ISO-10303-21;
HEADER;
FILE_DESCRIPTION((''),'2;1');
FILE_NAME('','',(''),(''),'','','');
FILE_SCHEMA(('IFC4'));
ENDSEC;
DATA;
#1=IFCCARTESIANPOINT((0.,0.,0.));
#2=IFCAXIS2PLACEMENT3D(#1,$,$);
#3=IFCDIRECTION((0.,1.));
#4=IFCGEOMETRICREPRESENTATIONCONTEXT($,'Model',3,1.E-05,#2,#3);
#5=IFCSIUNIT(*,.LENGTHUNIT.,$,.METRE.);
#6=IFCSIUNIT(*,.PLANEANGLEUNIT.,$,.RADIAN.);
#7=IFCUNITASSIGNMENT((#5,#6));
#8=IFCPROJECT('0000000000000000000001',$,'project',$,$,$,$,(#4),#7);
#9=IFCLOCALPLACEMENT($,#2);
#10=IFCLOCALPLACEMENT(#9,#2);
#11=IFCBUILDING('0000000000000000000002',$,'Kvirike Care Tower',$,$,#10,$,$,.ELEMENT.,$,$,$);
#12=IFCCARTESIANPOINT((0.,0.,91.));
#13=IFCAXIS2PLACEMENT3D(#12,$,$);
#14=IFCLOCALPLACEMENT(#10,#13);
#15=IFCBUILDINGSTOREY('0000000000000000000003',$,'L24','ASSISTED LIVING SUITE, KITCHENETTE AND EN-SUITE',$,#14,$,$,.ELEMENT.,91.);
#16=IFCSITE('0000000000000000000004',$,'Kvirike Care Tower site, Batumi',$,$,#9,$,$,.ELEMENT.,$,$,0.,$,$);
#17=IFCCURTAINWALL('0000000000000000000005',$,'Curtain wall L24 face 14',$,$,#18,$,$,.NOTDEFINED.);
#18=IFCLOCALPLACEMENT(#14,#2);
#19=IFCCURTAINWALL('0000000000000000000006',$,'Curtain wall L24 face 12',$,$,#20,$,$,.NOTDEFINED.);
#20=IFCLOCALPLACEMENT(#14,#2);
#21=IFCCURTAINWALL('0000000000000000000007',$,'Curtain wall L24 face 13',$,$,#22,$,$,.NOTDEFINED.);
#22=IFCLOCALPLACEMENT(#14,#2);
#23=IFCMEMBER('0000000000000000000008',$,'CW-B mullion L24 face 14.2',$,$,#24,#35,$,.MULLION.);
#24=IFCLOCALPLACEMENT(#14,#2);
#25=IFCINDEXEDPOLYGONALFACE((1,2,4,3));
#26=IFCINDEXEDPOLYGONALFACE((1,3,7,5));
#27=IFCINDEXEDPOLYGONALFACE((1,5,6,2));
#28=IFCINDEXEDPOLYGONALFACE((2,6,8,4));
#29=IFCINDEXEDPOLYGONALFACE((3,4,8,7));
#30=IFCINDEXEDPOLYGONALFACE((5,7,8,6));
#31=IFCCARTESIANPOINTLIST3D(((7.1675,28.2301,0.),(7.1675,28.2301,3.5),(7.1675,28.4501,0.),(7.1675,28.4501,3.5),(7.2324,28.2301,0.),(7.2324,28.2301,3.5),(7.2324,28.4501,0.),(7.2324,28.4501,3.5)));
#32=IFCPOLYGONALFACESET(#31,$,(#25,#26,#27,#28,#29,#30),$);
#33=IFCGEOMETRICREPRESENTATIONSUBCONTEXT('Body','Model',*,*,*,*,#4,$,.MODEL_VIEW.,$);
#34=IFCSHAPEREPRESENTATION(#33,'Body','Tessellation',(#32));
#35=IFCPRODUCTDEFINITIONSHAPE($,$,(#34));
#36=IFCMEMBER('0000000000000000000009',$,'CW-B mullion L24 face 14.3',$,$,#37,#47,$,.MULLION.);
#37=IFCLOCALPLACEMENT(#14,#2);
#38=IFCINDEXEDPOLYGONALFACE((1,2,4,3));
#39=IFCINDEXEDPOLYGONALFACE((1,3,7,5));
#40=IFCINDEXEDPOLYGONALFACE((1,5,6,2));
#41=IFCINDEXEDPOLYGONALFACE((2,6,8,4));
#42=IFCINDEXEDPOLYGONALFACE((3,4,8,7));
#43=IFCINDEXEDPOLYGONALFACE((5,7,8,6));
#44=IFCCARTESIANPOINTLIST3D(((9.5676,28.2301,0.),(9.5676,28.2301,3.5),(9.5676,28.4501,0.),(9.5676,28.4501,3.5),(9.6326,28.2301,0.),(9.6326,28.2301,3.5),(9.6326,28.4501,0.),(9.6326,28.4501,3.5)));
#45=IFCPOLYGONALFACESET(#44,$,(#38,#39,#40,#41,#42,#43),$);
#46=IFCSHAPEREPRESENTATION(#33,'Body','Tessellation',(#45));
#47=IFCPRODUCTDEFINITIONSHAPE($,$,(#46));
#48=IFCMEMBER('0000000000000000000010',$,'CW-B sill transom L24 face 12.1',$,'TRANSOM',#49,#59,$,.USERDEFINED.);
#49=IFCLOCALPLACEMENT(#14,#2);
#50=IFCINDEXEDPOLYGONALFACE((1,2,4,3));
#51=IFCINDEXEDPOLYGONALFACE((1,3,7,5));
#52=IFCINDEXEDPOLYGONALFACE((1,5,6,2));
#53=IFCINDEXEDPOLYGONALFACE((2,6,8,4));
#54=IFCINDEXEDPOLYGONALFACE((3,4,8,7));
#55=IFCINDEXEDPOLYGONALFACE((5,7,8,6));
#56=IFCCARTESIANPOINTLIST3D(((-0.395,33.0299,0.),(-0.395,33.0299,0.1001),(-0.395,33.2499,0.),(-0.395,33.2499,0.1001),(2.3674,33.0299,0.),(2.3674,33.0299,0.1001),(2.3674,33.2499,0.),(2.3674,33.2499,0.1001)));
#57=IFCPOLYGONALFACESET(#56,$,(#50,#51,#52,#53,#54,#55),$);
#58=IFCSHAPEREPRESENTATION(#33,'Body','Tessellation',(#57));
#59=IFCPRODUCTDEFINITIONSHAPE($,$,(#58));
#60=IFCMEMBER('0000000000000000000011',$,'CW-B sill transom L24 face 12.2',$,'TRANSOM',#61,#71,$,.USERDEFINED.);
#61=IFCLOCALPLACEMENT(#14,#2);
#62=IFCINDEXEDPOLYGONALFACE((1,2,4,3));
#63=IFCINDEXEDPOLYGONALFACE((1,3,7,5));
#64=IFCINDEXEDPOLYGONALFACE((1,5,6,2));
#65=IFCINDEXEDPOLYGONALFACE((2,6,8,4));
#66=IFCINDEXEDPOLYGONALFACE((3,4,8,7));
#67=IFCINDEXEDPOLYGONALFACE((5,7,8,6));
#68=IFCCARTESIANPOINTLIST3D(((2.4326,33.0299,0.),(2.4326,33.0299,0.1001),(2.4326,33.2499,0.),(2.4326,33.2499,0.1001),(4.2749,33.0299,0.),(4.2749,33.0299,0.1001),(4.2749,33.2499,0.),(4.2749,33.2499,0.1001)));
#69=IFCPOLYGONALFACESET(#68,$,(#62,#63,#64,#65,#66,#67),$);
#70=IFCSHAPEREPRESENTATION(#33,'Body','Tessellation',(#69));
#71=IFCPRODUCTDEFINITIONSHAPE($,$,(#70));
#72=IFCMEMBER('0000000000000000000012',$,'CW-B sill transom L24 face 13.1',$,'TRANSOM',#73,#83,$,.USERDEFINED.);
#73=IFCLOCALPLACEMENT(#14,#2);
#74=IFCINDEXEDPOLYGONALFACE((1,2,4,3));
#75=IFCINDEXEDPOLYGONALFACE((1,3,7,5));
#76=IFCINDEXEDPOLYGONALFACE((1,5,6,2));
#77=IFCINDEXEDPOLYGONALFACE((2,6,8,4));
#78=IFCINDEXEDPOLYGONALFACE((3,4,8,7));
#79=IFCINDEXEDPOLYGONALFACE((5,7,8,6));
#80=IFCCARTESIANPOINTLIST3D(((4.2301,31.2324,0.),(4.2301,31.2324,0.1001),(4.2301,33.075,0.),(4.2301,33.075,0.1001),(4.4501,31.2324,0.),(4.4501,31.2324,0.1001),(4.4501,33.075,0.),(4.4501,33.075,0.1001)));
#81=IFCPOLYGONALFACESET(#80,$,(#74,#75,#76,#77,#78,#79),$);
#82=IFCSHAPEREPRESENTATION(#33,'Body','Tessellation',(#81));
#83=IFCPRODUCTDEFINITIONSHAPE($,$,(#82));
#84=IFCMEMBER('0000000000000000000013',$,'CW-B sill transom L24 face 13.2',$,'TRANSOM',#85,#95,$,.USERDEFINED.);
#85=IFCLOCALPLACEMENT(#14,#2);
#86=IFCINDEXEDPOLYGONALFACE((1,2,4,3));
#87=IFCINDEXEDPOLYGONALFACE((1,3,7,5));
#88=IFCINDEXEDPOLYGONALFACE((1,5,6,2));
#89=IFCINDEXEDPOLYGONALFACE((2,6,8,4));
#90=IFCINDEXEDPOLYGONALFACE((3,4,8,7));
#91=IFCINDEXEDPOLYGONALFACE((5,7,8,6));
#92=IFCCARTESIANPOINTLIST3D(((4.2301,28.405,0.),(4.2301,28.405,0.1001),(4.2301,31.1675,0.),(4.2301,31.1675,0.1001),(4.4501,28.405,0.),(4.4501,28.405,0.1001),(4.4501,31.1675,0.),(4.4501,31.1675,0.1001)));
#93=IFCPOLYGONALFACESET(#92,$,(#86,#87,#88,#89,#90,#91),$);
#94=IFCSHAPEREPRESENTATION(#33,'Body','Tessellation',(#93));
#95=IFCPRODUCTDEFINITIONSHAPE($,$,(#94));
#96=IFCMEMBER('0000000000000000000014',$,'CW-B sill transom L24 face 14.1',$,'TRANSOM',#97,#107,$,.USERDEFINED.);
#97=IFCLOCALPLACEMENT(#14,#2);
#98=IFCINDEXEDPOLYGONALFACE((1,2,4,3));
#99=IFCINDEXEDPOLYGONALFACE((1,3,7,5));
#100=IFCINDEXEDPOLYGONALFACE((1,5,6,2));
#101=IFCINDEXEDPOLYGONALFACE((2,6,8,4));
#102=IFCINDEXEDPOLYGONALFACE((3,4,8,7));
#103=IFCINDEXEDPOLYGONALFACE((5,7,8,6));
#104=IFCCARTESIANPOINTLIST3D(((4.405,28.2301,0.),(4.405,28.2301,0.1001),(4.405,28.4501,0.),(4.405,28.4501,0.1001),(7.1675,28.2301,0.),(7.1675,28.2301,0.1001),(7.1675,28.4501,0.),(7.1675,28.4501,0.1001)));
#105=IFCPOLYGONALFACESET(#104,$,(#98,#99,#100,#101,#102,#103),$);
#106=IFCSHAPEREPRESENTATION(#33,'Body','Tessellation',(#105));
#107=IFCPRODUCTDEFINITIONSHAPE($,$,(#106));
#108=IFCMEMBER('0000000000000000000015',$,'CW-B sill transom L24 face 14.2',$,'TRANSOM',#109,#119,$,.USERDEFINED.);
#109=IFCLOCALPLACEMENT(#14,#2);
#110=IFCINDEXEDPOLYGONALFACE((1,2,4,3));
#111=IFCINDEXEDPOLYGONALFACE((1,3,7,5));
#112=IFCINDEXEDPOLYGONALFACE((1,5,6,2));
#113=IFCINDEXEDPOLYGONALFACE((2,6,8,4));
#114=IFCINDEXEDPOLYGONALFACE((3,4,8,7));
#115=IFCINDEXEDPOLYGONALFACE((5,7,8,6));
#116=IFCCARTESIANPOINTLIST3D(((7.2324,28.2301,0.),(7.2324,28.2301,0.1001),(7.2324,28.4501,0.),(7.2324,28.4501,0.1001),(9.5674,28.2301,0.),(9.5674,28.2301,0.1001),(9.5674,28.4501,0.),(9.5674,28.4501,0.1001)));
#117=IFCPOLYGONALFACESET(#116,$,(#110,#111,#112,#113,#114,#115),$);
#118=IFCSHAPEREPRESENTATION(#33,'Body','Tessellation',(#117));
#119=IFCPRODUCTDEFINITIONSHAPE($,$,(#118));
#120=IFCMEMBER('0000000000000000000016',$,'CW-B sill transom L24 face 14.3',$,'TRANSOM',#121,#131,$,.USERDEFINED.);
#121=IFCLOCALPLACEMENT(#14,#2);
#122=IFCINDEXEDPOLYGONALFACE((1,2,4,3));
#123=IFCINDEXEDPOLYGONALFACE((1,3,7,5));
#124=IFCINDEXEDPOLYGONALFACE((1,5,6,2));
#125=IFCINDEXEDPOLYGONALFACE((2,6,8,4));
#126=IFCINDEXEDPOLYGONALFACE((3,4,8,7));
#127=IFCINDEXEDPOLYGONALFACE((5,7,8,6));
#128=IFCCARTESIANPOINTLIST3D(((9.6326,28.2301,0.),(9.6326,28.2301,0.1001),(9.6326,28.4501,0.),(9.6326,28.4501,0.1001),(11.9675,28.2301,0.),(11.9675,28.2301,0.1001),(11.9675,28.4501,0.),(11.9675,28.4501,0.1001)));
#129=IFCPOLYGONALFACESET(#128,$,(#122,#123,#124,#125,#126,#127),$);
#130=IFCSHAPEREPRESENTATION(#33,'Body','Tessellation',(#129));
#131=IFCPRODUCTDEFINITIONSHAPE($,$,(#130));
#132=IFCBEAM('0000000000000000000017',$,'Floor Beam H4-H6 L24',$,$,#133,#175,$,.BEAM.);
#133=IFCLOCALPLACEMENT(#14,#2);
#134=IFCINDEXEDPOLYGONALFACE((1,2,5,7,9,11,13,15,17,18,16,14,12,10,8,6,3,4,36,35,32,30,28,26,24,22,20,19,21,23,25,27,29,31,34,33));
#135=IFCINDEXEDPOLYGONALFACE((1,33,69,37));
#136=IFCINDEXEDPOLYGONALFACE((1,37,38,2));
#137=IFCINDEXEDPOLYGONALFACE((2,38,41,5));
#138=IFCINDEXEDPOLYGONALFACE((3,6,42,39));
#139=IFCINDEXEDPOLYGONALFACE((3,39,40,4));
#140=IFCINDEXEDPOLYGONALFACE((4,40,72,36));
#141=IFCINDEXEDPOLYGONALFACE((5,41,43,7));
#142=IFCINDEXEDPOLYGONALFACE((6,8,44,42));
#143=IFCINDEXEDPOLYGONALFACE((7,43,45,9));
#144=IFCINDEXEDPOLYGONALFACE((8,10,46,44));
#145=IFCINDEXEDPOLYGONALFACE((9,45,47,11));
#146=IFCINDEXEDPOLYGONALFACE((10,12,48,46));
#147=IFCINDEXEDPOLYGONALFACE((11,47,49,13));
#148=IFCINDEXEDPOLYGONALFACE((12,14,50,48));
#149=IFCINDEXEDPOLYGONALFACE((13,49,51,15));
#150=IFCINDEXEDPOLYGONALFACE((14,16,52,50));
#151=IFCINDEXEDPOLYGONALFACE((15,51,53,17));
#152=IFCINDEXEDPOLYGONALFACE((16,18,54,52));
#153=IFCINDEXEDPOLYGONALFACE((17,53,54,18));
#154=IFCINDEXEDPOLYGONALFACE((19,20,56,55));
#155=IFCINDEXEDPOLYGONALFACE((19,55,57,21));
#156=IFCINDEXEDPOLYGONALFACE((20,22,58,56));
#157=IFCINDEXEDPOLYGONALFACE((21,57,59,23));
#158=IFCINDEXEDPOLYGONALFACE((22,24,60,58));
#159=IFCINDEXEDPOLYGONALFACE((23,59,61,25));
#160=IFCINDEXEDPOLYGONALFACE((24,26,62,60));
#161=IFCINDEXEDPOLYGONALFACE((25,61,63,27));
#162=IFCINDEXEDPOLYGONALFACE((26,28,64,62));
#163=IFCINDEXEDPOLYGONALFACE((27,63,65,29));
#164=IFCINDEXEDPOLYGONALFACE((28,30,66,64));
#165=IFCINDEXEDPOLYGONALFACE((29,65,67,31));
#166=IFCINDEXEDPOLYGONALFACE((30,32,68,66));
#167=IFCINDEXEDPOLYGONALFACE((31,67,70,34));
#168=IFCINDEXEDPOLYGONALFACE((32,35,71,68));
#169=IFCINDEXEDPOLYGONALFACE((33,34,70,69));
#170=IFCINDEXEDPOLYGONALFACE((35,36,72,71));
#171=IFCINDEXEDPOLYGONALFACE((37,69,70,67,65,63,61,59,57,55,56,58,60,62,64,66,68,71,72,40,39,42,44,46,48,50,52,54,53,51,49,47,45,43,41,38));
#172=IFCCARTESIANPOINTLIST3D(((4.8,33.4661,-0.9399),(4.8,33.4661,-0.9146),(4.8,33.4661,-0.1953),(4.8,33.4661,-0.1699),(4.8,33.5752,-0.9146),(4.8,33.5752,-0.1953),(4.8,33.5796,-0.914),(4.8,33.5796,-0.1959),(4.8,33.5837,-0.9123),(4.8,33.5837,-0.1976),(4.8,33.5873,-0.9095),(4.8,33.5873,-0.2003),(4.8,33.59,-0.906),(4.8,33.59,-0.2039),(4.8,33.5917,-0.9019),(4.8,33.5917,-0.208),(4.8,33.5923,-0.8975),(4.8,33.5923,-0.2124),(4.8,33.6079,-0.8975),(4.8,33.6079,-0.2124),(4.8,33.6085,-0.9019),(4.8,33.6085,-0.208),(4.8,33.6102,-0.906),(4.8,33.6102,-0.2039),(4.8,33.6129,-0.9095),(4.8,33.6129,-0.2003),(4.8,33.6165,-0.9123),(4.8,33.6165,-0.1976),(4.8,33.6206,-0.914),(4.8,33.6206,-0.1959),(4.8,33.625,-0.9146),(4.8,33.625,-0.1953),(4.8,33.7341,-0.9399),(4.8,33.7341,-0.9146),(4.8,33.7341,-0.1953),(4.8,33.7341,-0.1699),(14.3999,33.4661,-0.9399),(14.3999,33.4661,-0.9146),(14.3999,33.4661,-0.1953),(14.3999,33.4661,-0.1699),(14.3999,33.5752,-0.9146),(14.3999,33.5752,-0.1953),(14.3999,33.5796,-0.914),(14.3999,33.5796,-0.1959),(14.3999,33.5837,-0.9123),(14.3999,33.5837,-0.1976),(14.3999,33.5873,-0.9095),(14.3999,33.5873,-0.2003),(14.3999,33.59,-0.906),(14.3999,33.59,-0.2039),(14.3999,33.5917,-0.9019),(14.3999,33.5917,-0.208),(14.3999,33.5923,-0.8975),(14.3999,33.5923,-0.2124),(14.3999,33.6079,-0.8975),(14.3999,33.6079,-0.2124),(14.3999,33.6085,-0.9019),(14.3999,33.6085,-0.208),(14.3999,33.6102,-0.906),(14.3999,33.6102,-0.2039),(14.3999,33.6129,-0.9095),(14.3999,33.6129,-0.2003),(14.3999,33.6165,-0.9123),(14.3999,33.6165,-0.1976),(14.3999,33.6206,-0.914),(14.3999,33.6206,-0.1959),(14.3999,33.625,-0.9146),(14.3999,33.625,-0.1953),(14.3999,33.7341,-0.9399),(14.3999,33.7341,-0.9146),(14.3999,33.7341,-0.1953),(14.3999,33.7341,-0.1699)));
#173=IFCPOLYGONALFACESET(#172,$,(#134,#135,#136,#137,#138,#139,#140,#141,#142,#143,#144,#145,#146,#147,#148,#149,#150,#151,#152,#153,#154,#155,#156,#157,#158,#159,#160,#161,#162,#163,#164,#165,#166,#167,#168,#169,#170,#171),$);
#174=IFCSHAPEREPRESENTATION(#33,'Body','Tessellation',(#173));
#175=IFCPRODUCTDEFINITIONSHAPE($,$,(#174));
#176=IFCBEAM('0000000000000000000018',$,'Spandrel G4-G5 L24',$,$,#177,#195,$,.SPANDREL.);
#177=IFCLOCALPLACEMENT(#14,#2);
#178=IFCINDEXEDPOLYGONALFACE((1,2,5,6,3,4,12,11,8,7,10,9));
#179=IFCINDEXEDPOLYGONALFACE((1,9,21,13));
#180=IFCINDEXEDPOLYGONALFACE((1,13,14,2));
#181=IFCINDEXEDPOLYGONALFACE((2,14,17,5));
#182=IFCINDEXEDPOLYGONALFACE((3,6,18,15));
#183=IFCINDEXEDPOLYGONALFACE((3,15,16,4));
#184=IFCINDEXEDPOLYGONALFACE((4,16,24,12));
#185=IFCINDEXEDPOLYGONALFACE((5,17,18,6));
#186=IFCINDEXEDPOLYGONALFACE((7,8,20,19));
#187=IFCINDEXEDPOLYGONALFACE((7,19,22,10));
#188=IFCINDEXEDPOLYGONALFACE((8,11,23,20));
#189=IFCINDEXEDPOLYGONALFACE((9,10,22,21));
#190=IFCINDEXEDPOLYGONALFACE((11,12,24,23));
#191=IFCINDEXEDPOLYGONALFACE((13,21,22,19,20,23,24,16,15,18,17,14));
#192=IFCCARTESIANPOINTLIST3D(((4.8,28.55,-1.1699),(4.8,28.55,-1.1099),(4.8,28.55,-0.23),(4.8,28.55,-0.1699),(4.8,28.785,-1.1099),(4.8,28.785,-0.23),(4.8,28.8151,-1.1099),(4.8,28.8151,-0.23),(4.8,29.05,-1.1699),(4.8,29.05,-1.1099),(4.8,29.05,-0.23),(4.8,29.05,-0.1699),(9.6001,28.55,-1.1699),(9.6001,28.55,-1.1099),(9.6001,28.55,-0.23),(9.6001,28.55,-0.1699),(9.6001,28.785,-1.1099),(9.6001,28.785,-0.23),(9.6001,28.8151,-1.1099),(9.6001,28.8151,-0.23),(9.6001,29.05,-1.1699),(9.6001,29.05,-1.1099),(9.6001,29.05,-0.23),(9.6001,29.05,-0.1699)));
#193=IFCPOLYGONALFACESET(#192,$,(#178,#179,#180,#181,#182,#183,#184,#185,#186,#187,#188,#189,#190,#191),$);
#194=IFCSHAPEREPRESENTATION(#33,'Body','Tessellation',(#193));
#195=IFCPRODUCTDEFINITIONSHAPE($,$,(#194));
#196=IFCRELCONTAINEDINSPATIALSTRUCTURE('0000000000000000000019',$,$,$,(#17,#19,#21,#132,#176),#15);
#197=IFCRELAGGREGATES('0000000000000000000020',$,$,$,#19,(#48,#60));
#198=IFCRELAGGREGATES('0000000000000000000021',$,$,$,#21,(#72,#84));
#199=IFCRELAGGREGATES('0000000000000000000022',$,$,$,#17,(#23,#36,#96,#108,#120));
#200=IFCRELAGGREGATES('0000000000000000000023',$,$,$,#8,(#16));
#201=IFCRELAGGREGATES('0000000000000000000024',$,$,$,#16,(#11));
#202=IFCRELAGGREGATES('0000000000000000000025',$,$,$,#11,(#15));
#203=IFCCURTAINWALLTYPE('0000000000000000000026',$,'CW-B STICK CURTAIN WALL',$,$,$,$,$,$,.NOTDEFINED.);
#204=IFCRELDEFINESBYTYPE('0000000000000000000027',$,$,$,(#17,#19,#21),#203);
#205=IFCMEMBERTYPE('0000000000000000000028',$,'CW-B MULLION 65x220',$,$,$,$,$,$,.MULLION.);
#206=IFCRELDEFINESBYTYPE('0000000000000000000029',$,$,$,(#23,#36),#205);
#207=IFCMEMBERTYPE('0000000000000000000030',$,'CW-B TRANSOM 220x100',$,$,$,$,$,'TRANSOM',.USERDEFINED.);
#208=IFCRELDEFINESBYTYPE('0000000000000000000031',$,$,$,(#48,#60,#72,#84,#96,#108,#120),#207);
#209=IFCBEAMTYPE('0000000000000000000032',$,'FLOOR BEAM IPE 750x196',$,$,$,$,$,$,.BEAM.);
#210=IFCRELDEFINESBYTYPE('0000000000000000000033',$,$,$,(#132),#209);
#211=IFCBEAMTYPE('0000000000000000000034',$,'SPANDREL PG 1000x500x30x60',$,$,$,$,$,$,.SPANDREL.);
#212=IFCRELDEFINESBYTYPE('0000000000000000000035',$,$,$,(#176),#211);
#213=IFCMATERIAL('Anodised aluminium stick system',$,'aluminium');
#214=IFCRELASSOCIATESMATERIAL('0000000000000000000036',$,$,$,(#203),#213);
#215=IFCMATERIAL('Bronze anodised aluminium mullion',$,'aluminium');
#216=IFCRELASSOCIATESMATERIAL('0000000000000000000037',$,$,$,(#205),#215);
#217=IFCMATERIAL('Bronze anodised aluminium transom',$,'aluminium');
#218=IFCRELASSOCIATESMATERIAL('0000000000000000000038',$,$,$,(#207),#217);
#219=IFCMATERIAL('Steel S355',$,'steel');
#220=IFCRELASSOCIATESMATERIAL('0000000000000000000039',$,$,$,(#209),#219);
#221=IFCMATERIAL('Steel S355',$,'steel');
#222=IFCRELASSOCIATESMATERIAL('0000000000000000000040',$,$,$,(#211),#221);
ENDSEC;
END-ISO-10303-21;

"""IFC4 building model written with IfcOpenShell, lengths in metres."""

from ifc_helpers import new_model, si_unit, direction, frame, origin, origin_2d, place, context, subcontext, project, spatial, rectangle, i_section, extrude, material, material_profile, profile_set, type_object, element, aggregate, save


model = new_model("IFC4")

# Units and contexts
model_context = context("Model", 3, precision=1e-05, world=origin(), true_north=direction((0.0, 1.0)))
body_context = subcontext(model_context, "Body", "Model", "MODEL_VIEW")
ifc_project = project(units=[si_unit("LENGTHUNIT", "METRE"), si_unit("PLANEANGLEUNIT", "RADIAN")], contexts=[model_context])

# Site, building, storey
site_placement = place(None, origin())
site = spatial("IfcSite", under=ifc_project, at=site_placement, Name="Kvirike Care Tower site, Batumi", CompositionType="ELEMENT", RefElevation=0.0)
building_placement = place(site_placement, origin())
building = spatial("IfcBuilding", under=site, at=building_placement, Name="Kvirike Care Tower", CompositionType="ELEMENT")
storey_placement = place(building_placement, frame((0.0, 0.0, 91.0)))
storey = spatial("IfcBuildingStorey", under=building, at=storey_placement, Name="L24", Description="ASSISTED LIVING SUITE, KITCHENETTE AND EN-SUITE", CompositionType="ELEMENT", Elevation=91.0)

# Curtain wall
ifc_material_1 = material(Name="Anodised aluminium stick system", Category="aluminium")
curtain_wall_type = type_object("IfcCurtainWallType", Name="CW-B STICK CURTAIN WALL", PredefinedType="NOTDEFINED", material=ifc_material_1)
curtain_wall_1_placement = place(storey_placement, origin())
curtain_wall_1 = element("IfcCurtainWall", 1, at=curtain_wall_1_placement, inside=storey, type_object=curtain_wall_type, Name="Curtain wall L24 face 14", PredefinedType="NOTDEFINED")
ifc_material_2 = material(Name="Bronze anodised aluminium mullion", Category="aluminium")
ifc_material_profile_1 = material_profile(ifc_material_2, rectangle(XDim=0.0649, YDim=0.22, at=origin_2d()), Name="CW-B MULLION 65x220")
ifc_profile_set_1 = profile_set([ifc_material_profile_1], Name="Bronze anodised aluminium mullion")
member_type_1 = type_object("IfcMemberType", Name="CW-B MULLION 65x220", PredefinedType="MULLION", material=ifc_profile_set_1)

# Curtain walls
curtain_wall_2_placement = place(storey_placement, origin())
curtain_wall_2 = element("IfcCurtainWall", 2, at=curtain_wall_2_placement, inside=storey, type_object=curtain_wall_type, Name="Curtain wall L24 face 12", PredefinedType="NOTDEFINED")
curtain_wall_3_placement = place(storey_placement, origin())
curtain_wall_3 = element("IfcCurtainWall", 3, at=curtain_wall_3_placement, inside=storey, type_object=curtain_wall_type, Name="Curtain wall L24 face 13", PredefinedType="NOTDEFINED")

# Members
member_1_placement = place(storey_placement, frame((7.2, 28.3401, 0.0), z_axis=(0.0, 0.0, 1.0), x_axis=(1.0, 0.0, 0.0)))
member_1 = element("IfcMember", 4, at=member_1_placement, type_object=member_type_1, Name="CW-B mullion L24 face 14.2", PredefinedType="MULLION", context=body_context, shape_type="SweptSolid", body=[
    extrude(rectangle(XDim=0.0649, YDim=0.22, at=origin_2d()), origin(), (0.0, 0.0, 1.0), 3.5),
])
member_2_placement = place(storey_placement, frame((9.6001, 28.3401, 0.0), z_axis=(0.0, 0.0, 1.0), x_axis=(1.0, 0.0, 0.0)))
member_2 = element("IfcMember", 5, at=member_2_placement, type_object=member_type_1, Name="CW-B mullion L24 face 14.3", PredefinedType="MULLION", context=body_context, shape_type="SweptSolid", body=[
    extrude(rectangle(XDim=0.0649, YDim=0.22, at=origin_2d()), origin(), (0.0, 0.0, 1.0), 3.5),
])
ifc_material_3 = material(Name="Bronze anodised aluminium transom", Category="aluminium")
ifc_material_profile_2 = material_profile(ifc_material_3, rectangle(XDim=0.22, YDim=0.1001, at=origin_2d()), Name="CW-B TRANSOM 220x100")
ifc_profile_set_2 = profile_set([ifc_material_profile_2], Name="Bronze anodised aluminium transom")
member_type_2 = type_object("IfcMemberType", Name="CW-B TRANSOM 220x100", ElementType="TRANSOM", PredefinedType="USERDEFINED", material=ifc_profile_set_2)
member_3_placement = place(storey_placement, frame((-0.395, 33.1399, 0.05), z_axis=(1.0, 0.0, 0.0), x_axis=(0.0, 1.0, 0.0)))
member_3 = element("IfcMember", 6, at=member_3_placement, type_object=member_type_2, Name="CW-B sill transom L24 face 12.1", ObjectType="TRANSOM", PredefinedType="USERDEFINED", context=body_context, shape_type="SweptSolid", body=[
    extrude(rectangle(XDim=0.22, YDim=0.1001, at=origin_2d()), origin(), (0.0, 0.0, 1.0), 2.7625),
])
member_4_placement = place(storey_placement, frame((2.4326, 33.1399, 0.05), z_axis=(1.0, 0.0, 0.0), x_axis=(0.0, 1.0, 0.0)))
member_4 = element("IfcMember", 7, at=member_4_placement, type_object=member_type_2, Name="CW-B sill transom L24 face 12.2", ObjectType="TRANSOM", PredefinedType="USERDEFINED", context=body_context, shape_type="SweptSolid", body=[
    extrude(rectangle(XDim=0.22, YDim=0.1001, at=origin_2d()), origin(), (0.0, 0.0, 1.0), 1.8423),
])
member_5_placement = place(storey_placement, frame((4.3401, 33.075, 0.05), z_axis=(0.0, -1.0, 0.0), x_axis=(1.0, 0.0, 0.0)))
member_5 = element("IfcMember", 8, at=member_5_placement, type_object=member_type_2, Name="CW-B sill transom L24 face 13.1", ObjectType="TRANSOM", PredefinedType="USERDEFINED", context=body_context, shape_type="SweptSolid", body=[
    extrude(rectangle(XDim=0.22, YDim=0.1001, at=origin_2d()), origin(), (0.0, 0.0, 1.0), 1.8425),
])
member_6_placement = place(storey_placement, frame((4.3401, 31.1675, 0.05), z_axis=(0.0, -1.0, 0.0), x_axis=(1.0, 0.0, 0.0)))
member_6 = element("IfcMember", 9, at=member_6_placement, type_object=member_type_2, Name="CW-B sill transom L24 face 13.2", ObjectType="TRANSOM", PredefinedType="USERDEFINED", context=body_context, shape_type="SweptSolid", body=[
    extrude(rectangle(XDim=0.22, YDim=0.1001, at=origin_2d()), origin(), (0.0, 0.0, 1.0), 2.7625),
])
member_7_placement = place(storey_placement, frame((4.405, 28.3401, 0.05), z_axis=(1.0, 0.0, 0.0), x_axis=(0.0, 1.0, 0.0)))
member_7 = element("IfcMember", 10, at=member_7_placement, type_object=member_type_2, Name="CW-B sill transom L24 face 14.1", ObjectType="TRANSOM", PredefinedType="USERDEFINED", context=body_context, shape_type="SweptSolid", body=[
    extrude(rectangle(XDim=0.22, YDim=0.1001, at=origin_2d()), origin(), (0.0, 0.0, 1.0), 2.7625),
])
member_8_placement = place(storey_placement, frame((7.2324, 28.3401, 0.05), z_axis=(1.0, 0.0, 0.0), x_axis=(0.0, 1.0, 0.0)))
member_8 = element("IfcMember", 11, at=member_8_placement, type_object=member_type_2, Name="CW-B sill transom L24 face 14.2", ObjectType="TRANSOM", PredefinedType="USERDEFINED", context=body_context, shape_type="SweptSolid", body=[
    extrude(rectangle(XDim=0.22, YDim=0.1001, at=origin_2d()), origin(), (0.0, 0.0, 1.0), 2.335),
])
member_9_placement = place(storey_placement, frame((9.6326, 28.3401, 0.05), z_axis=(1.0, 0.0, 0.0), x_axis=(0.0, 1.0, 0.0)))
member_9 = element("IfcMember", 12, at=member_9_placement, type_object=member_type_2, Name="CW-B sill transom L24 face 14.3", ObjectType="TRANSOM", PredefinedType="USERDEFINED", context=body_context, shape_type="SweptSolid", body=[
    extrude(rectangle(XDim=0.22, YDim=0.1001, at=origin_2d()), origin(), (0.0, 0.0, 1.0), 2.335),
])

# Beams
ifc_material_4 = material(Name="Steel S355", Category="steel")
ifc_material_profile_3 = material_profile(ifc_material_4, i_section(OverallWidth=0.2681, OverallDepth=0.77, WebThickness=0.0156, FlangeThickness=0.0254, FilletRadius=0.0171, at=origin_2d()), Name="IPE 750x196")
ifc_profile_set_3 = profile_set([ifc_material_profile_3], Name="Steel S355")
beam_type_1 = type_object("IfcBeamType", Name="FLOOR BEAM IPE 750x196", PredefinedType="BEAM", material=ifc_profile_set_3)
beam_1_placement = place(storey_placement, frame((4.8, 33.6001, -0.5549), z_axis=(1.0, 0.0, 0.0), x_axis=(0.0, 1.0, 0.0)))
element("IfcBeam", 13, at=beam_1_placement, inside=storey, type_object=beam_type_1, Name="Floor Beam H4-H6 L24", PredefinedType="BEAM", context=body_context, shape_type="SweptSolid", body=[
    extrude(i_section(OverallWidth=0.2681, OverallDepth=0.77, WebThickness=0.0156, FlangeThickness=0.0254, FilletRadius=0.0171, at=origin_2d()), origin(), (0.0, 0.0, 1.0), 9.5999),
])
ifc_material_5 = material(Name="Steel S355", Category="steel")
ifc_material_profile_4 = material_profile(ifc_material_5, i_section(OverallWidth=0.5, OverallDepth=1.0, WebThickness=0.03, FlangeThickness=0.0601, at=origin_2d()), Name="PG 1000x500x30x60")
ifc_profile_set_4 = profile_set([ifc_material_profile_4], Name="Steel S355")
beam_type_2 = type_object("IfcBeamType", Name="SPANDREL PG 1000x500x30x60", PredefinedType="SPANDREL", material=ifc_profile_set_4)
beam_2_placement = place(storey_placement, frame((4.8, 28.8, -0.6699), z_axis=(1.0, 0.0, 0.0), x_axis=(0.0, 1.0, 0.0)))
element("IfcBeam", 14, at=beam_2_placement, inside=storey, type_object=beam_type_2, Name="Spandrel G4-G5 L24", PredefinedType="SPANDREL", context=body_context, shape_type="SweptSolid", body=[
    extrude(i_section(OverallWidth=0.5, OverallDepth=1.0, WebThickness=0.03, FlangeThickness=0.0601, at=origin_2d()), origin(), (0.0, 0.0, 1.0), 4.8),
])

aggregate(curtain_wall_2, [member_3, member_4])
aggregate(curtain_wall_3, [member_5, member_6])
aggregate(curtain_wall_1, [member_1, member_2, member_7, member_8, member_9])

save(model, "model.ifc")
